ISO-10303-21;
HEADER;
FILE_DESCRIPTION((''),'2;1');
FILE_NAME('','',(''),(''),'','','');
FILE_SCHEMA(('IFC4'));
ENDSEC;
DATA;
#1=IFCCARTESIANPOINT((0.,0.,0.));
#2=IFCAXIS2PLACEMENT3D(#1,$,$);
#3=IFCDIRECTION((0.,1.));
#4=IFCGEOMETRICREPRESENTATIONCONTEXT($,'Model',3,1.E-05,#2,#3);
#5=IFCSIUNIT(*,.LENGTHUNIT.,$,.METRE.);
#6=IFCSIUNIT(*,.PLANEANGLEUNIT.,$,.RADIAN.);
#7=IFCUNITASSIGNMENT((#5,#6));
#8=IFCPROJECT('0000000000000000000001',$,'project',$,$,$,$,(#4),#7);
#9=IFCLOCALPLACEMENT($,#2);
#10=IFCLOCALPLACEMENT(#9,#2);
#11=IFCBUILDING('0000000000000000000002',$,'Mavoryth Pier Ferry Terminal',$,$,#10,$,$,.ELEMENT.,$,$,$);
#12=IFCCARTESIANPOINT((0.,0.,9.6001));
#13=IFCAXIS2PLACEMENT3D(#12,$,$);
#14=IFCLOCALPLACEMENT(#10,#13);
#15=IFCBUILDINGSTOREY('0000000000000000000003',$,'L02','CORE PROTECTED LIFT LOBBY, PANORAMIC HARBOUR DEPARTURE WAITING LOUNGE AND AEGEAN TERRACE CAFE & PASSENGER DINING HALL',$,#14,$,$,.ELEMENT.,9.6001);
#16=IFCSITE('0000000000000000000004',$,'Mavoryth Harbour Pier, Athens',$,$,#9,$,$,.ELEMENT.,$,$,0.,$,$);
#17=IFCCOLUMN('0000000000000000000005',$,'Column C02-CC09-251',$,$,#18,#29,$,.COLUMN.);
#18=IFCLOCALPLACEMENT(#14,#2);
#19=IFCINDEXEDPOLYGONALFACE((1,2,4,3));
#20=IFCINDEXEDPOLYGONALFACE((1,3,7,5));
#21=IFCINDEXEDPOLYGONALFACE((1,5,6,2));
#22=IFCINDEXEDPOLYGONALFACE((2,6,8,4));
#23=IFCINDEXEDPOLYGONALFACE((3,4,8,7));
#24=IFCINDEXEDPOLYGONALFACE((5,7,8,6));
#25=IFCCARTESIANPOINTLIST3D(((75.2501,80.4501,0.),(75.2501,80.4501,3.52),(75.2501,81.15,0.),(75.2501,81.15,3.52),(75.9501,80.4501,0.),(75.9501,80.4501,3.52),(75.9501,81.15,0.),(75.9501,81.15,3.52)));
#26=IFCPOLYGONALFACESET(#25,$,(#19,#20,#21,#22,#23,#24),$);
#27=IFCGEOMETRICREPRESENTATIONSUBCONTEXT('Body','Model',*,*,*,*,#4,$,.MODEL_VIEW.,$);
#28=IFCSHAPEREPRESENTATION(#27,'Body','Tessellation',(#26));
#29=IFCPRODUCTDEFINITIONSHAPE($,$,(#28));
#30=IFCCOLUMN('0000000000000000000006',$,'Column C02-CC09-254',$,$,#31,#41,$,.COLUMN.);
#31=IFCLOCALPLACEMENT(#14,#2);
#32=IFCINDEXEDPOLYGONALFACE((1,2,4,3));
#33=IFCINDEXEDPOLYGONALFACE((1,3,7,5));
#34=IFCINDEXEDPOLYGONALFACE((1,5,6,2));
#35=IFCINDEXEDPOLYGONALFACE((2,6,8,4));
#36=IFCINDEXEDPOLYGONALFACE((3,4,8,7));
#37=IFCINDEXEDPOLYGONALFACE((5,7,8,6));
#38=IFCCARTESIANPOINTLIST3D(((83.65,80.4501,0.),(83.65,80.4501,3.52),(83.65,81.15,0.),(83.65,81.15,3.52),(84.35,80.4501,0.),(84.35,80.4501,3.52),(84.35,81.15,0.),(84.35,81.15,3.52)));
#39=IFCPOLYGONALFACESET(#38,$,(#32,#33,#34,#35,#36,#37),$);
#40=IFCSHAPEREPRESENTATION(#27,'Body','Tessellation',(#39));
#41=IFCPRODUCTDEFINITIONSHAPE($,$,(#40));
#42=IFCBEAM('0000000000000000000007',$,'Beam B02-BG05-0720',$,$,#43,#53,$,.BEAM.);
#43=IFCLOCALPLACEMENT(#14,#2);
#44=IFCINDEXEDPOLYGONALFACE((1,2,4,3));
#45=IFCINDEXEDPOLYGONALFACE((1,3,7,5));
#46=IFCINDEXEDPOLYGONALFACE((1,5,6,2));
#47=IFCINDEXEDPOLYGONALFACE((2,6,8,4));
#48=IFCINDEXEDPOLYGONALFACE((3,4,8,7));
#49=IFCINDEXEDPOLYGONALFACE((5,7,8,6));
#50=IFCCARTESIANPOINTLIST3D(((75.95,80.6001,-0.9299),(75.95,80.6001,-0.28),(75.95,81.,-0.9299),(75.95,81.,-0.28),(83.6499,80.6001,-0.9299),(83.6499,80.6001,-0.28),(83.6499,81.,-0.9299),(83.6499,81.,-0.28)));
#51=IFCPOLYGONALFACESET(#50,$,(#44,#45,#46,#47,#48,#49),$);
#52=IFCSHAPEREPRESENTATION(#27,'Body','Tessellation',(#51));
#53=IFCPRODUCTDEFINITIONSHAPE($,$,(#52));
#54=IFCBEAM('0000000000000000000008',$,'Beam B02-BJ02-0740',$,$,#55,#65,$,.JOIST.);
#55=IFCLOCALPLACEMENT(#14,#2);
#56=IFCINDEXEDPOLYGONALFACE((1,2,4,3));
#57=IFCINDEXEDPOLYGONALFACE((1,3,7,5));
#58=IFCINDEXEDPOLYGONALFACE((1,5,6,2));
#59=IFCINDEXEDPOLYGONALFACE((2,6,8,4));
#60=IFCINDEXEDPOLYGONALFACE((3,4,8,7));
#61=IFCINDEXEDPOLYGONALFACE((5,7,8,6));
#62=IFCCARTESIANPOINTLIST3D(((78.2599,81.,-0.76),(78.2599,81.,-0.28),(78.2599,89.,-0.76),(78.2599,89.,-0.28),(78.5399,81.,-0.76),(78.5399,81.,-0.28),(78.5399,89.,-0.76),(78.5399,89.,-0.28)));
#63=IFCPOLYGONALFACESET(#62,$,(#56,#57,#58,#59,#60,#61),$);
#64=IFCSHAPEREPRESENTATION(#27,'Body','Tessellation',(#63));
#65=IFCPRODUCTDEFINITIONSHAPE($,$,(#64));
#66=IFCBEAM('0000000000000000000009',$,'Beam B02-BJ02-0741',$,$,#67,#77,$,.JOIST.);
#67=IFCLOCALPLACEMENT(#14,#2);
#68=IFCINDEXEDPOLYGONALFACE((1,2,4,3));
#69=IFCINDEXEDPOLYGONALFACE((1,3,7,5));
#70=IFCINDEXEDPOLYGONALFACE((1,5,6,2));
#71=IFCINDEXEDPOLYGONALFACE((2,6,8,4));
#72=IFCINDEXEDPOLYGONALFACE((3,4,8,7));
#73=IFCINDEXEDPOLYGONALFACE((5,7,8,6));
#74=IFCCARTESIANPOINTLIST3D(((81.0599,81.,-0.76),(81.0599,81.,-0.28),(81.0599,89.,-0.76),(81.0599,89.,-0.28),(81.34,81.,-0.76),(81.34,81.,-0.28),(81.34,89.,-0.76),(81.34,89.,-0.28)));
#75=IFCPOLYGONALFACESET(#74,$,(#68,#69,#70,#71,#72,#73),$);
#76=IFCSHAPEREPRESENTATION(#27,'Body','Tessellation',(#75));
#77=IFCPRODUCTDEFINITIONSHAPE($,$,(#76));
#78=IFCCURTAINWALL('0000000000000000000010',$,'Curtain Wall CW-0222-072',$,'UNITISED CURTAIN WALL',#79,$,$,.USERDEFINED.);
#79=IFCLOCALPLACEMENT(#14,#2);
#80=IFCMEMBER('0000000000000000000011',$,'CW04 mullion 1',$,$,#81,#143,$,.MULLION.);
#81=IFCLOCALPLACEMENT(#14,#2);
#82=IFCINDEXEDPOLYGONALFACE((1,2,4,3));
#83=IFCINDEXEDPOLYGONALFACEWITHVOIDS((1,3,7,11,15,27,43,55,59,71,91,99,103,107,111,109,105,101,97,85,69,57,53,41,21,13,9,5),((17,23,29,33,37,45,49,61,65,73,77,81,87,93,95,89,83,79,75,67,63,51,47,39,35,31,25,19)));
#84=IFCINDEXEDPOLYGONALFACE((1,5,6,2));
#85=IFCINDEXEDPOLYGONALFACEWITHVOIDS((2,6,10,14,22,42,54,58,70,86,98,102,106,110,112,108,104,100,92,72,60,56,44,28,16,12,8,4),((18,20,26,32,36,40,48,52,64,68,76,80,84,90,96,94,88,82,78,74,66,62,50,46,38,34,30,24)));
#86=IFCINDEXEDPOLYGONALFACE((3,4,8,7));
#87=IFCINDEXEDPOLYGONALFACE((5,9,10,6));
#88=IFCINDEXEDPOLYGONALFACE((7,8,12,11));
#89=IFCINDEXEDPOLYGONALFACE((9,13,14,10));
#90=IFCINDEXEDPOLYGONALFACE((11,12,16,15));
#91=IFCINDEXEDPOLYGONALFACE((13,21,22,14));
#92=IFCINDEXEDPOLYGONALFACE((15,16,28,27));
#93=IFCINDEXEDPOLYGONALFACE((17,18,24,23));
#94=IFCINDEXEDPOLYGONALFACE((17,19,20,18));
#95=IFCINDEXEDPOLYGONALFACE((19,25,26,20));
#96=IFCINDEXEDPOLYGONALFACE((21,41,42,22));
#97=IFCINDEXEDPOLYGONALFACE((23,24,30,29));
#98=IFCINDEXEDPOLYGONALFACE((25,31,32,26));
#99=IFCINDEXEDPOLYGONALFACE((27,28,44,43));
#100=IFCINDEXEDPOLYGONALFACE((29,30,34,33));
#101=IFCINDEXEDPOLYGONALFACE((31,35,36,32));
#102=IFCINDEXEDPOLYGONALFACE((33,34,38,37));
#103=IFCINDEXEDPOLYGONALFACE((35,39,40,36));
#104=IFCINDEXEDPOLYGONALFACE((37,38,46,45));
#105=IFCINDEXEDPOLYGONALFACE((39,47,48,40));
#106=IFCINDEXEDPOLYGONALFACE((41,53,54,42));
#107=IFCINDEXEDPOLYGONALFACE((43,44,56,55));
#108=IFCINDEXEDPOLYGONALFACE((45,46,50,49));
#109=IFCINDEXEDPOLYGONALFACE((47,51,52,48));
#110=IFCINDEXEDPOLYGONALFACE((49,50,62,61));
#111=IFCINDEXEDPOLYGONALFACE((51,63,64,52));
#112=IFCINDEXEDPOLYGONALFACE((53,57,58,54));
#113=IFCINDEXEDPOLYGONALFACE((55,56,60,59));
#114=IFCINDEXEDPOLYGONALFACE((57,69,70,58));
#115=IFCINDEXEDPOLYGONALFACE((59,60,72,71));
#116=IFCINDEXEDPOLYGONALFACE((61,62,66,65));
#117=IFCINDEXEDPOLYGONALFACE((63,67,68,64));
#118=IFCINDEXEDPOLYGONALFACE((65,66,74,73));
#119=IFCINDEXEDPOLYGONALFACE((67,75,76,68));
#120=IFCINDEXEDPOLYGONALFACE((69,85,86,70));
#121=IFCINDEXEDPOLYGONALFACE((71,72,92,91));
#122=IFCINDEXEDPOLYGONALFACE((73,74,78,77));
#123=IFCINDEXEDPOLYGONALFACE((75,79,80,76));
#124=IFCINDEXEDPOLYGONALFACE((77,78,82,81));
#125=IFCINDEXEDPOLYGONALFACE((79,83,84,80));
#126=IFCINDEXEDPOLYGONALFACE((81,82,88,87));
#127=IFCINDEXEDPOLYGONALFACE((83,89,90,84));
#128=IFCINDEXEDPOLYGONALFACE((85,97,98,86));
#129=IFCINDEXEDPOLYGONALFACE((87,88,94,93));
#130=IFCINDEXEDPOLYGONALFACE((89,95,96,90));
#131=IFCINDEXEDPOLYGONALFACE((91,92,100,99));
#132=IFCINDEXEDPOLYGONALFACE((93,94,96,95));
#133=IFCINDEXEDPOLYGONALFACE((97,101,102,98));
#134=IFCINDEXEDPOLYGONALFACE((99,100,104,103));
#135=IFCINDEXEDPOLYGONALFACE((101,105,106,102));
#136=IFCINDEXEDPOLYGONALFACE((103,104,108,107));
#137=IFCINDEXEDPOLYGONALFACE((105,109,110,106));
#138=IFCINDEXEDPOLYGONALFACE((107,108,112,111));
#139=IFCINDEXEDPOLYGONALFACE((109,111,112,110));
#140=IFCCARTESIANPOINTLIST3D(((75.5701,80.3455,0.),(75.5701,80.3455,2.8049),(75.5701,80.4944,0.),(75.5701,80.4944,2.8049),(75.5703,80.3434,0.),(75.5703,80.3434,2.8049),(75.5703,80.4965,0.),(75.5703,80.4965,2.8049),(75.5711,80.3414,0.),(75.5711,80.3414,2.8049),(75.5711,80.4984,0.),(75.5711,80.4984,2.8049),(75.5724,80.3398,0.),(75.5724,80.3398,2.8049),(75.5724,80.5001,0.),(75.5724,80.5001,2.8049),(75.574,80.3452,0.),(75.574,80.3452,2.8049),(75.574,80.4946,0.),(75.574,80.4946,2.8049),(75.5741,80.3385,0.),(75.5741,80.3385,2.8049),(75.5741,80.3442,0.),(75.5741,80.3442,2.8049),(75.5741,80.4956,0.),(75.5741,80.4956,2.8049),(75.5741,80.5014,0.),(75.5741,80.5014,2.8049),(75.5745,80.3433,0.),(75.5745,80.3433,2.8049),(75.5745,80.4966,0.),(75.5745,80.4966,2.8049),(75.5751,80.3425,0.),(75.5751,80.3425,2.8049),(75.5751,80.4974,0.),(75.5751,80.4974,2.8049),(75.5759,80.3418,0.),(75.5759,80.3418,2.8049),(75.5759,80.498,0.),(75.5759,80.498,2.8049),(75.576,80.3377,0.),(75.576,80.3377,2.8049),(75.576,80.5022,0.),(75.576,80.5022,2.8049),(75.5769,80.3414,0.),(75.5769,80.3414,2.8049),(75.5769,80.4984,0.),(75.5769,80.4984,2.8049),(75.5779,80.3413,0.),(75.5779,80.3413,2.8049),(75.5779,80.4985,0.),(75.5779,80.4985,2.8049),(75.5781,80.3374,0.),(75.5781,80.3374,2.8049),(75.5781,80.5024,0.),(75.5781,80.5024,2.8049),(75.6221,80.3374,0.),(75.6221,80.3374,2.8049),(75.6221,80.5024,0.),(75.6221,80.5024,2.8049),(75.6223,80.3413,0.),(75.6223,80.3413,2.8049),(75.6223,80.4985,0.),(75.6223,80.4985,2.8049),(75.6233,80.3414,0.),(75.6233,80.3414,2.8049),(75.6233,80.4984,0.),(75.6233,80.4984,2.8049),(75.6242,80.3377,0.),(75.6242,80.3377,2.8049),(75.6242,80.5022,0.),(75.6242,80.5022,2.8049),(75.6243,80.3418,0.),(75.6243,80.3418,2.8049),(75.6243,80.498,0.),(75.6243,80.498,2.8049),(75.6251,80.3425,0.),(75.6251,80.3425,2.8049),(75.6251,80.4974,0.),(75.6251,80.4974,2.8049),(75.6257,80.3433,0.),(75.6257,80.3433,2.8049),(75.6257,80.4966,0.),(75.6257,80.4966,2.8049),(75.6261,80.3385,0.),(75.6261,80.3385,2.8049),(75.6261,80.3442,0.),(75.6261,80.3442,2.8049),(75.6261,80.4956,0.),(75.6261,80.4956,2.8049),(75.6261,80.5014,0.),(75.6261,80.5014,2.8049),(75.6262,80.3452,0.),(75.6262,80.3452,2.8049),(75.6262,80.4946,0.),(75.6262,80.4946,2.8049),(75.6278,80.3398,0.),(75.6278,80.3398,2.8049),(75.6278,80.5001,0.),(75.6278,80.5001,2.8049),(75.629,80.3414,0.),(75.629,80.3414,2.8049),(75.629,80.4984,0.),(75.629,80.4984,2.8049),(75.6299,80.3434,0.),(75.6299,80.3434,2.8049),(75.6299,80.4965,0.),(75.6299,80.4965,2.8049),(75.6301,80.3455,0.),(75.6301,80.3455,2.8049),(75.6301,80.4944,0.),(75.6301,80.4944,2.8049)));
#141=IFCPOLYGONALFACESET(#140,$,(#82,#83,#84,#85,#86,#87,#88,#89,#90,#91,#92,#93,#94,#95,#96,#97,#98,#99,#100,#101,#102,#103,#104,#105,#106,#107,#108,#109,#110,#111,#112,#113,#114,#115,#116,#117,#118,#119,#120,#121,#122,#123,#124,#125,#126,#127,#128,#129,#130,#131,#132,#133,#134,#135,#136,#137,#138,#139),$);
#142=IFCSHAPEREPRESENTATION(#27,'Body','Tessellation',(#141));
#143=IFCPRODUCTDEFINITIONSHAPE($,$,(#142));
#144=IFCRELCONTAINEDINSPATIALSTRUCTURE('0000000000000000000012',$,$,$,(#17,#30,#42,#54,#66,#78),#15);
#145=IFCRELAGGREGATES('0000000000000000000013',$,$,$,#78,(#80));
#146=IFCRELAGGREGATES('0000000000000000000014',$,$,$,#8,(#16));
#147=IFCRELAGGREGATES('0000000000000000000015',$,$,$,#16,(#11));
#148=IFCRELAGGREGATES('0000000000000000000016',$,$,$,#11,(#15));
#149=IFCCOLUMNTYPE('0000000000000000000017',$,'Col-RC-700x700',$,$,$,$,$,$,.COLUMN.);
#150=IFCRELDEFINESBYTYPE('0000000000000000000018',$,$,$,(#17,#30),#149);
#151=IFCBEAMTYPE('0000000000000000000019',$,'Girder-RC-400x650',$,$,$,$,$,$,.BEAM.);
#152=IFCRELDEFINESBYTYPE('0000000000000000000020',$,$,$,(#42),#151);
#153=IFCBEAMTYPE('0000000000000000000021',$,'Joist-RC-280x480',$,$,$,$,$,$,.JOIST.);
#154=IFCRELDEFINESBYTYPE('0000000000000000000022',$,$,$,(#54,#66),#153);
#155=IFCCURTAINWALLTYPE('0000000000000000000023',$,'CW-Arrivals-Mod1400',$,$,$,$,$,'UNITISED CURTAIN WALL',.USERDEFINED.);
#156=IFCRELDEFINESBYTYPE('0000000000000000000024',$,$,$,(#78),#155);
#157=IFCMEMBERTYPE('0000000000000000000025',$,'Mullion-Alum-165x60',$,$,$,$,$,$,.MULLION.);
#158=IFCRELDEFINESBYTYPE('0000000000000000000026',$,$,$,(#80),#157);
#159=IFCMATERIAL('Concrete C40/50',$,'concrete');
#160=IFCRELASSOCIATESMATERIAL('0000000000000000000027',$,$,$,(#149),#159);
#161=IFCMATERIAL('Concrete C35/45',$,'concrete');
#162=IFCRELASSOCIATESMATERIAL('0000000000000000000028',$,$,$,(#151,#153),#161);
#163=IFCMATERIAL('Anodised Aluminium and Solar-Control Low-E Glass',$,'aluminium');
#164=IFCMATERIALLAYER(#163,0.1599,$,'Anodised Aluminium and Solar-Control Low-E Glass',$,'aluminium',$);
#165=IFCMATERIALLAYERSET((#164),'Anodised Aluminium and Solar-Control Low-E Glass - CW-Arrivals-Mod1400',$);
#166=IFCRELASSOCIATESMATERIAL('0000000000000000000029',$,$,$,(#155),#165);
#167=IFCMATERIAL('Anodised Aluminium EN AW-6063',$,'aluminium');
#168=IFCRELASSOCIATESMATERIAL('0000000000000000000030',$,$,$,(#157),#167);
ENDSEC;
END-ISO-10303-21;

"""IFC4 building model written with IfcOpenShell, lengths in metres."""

from ifc_helpers import new_model, si_unit, direction, frame, origin, origin_2d, place, context, subcontext, project, spatial, rectangle, hollow_rectangle, extrude, material, layer, layer_set, material_profile, profile_set, type_object, element, aggregate, save


model = new_model("IFC4")

# Units and contexts
model_context = context("Model", 3, precision=1e-05, world=origin(), true_north=direction((0.0, 1.0)))
body_context = subcontext(model_context, "Body", "Model", "MODEL_VIEW")
ifc_project = project(units=[si_unit("LENGTHUNIT", "METRE"), si_unit("PLANEANGLEUNIT", "RADIAN")], contexts=[model_context])

# Site, building, storey
site_placement = place(None, origin())
site = spatial("IfcSite", under=ifc_project, at=site_placement, Name="Mavoryth Harbour Pier, Athens", CompositionType="ELEMENT", RefElevation=0.0)
building_placement = place(site_placement, origin())
building = spatial("IfcBuilding", under=site, at=building_placement, Name="Mavoryth Pier Ferry Terminal", CompositionType="ELEMENT")
storey_placement = place(building_placement, frame((0.0, 0.0, 9.6001)))
storey = spatial("IfcBuildingStorey", under=building, at=storey_placement, Name="L02", Description="CORE PROTECTED LIFT LOBBY, PANORAMIC HARBOUR DEPARTURE WAITING LOUNGE AND AEGEAN TERRACE CAFE & PASSENGER DINING HALL", CompositionType="ELEMENT", Elevation=9.6001)

# Columns
ifc_material_1 = material(Name="Concrete C40/50", Category="concrete")
ifc_material_profile_1 = material_profile(ifc_material_1, rectangle(XDim=0.7, YDim=0.7, at=origin_2d()), Name="RC 700x700", Category="concrete")
ifc_profile_set_1 = profile_set([ifc_material_profile_1], Name="Concrete C40/50 - RC 700x700")
column_type = type_object("IfcColumnType", Name="Col-RC-700x700", PredefinedType="COLUMN", material=ifc_profile_set_1)
for number, where, z_axis, x_axis, name in (
    (1, (75.6001, 80.8, 0.0), (0.0, 0.0, 1.0), (1.0, 0.0, 0.0), "Column C02-CC09-251"),
    (2, (84.0, 80.8, 0.0), (0.0, 0.0, 1.0), (1.0, 0.0, 0.0), "Column C02-CC09-254"),
):
    element("IfcColumn", number, at=place(storey_placement, frame(where, z_axis=z_axis, x_axis=x_axis)), inside=storey, type_object=column_type, Name=name, PredefinedType="COLUMN", context=body_context, shape_type="SweptSolid", body=[
        extrude(rectangle(XDim=0.7, YDim=0.7, at=origin_2d()), origin(), (0.0, 0.0, 1.0), 3.52),
    ])

# Beams
ifc_material_2 = material(Name="Concrete C35/45", Category="concrete")
ifc_material_profile_2 = material_profile(ifc_material_2, rectangle(XDim=0.3999, YDim=0.6499, at=origin_2d()), Name="RC 400x650", Category="concrete")
ifc_profile_set_2 = profile_set([ifc_material_profile_2], Name="Concrete C35/45 - RC 400x650")
beam_type_1 = type_object("IfcBeamType", Name="Girder-RC-400x650", PredefinedType="BEAM", material=ifc_profile_set_2)
beam_1_placement = place(storey_placement, frame((75.95, 80.8, -0.605), z_axis=(1.0, 0.0, 0.0), x_axis=(0.0, 1.0, 0.0)))
element("IfcBeam", 3, at=beam_1_placement, inside=storey, type_object=beam_type_1, Name="Beam B02-BG05-0720", PredefinedType="BEAM", context=body_context, shape_type="SweptSolid", body=[
    extrude(rectangle(XDim=0.3999, YDim=0.6499, at=origin_2d()), origin(), (0.0, 0.0, 1.0), 7.7),
])
ifc_material_profile_3 = material_profile(ifc_material_2, rectangle(XDim=0.28, YDim=0.48, at=origin_2d()), Name="RC 280x480", Category="concrete")
ifc_profile_set_3 = profile_set([ifc_material_profile_3], Name="Concrete C35/45 - RC 280x480")
beam_type_2 = type_object("IfcBeamType", Name="Joist-RC-280x480", PredefinedType="JOIST", material=ifc_profile_set_3)
for number, where, z_axis, x_axis, name in (
    (4, (78.3999, 81.0, -0.52), (0.0, 1.0, 0.0), (-1.0, 0.0, 0.0), "Beam B02-BJ02-0740"),
    (5, (81.2, 81.0, -0.52), (0.0, 1.0, 0.0), (-1.0, 0.0, 0.0), "Beam B02-BJ02-0741"),
):
    element("IfcBeam", number, at=place(storey_placement, frame(where, z_axis=z_axis, x_axis=x_axis)), inside=storey, type_object=beam_type_2, Name=name, PredefinedType="JOIST", context=body_context, shape_type="SweptSolid", body=[
        extrude(rectangle(XDim=0.28, YDim=0.48, at=origin_2d()), origin(), (0.0, 0.0, 1.0), 8.0),
    ])

# Curtain wall, member
ifc_material_3 = material(Name="Anodised Aluminium and Solar-Control Low-E Glass", Category="aluminium")
ifc_layer_1 = layer(ifc_material_3, 0.1599, Name="Anodised Aluminium and Solar-Control Low-E Glass", Category="aluminium")
ifc_layer_set_1 = layer_set([ifc_layer_1], Name="Anodised Aluminium and Solar-Control Low-E Glass - CW-Arrivals-Mod1400")
curtain_wall_type = type_object("IfcCurtainWallType", Name="CW-Arrivals-Mod1400", ElementType="UNITISED CURTAIN WALL", PredefinedType="USERDEFINED", material=ifc_layer_set_1)
curtain_wall_1_placement = place(storey_placement, origin())
curtain_wall_1 = element("IfcCurtainWall", 6, at=curtain_wall_1_placement, inside=storey, type_object=curtain_wall_type, Name="Curtain Wall CW-0222-072", ObjectType="UNITISED CURTAIN WALL", PredefinedType="USERDEFINED")
ifc_material_4 = material(Name="Anodised Aluminium EN AW-6063", Category="aluminium")
ifc_material_profile_4 = material_profile(ifc_material_4, hollow_rectangle(XDim=0.0601, YDim=0.165, WallThickness=0.0039, InnerFilletRadius=0.0039, OuterFilletRadius=0.0081, at=origin_2d()), Name="AL-MULL 165x60x4", Category="aluminium")
ifc_profile_set_4 = profile_set([ifc_material_profile_4], Name="Anodised Aluminium EN AW-6063 - AL-MULL 165x60x4")
member_type_1 = type_object("IfcMemberType", Name="Mullion-Alum-165x60", PredefinedType="MULLION", material=ifc_profile_set_4)
member_1_placement = place(storey_placement, frame((75.6001, 80.4199, 0.0), z_axis=(0.0, 0.0, 1.0), x_axis=(1.0, 0.0, 0.0)))
member_1 = element("IfcMember", 7, at=member_1_placement, type_object=member_type_1, Name="CW04 mullion 1", PredefinedType="MULLION", context=body_context, shape_type="SweptSolid", body=[
    extrude(hollow_rectangle(XDim=0.0601, YDim=0.165, WallThickness=0.0039, InnerFilletRadius=0.0039, OuterFilletRadius=0.0081, at=origin_2d()), origin(), (0.0, 0.0, 1.0), 2.8049),
])

aggregate(curtain_wall_1, [member_1])

save(model, "model.ifc")
